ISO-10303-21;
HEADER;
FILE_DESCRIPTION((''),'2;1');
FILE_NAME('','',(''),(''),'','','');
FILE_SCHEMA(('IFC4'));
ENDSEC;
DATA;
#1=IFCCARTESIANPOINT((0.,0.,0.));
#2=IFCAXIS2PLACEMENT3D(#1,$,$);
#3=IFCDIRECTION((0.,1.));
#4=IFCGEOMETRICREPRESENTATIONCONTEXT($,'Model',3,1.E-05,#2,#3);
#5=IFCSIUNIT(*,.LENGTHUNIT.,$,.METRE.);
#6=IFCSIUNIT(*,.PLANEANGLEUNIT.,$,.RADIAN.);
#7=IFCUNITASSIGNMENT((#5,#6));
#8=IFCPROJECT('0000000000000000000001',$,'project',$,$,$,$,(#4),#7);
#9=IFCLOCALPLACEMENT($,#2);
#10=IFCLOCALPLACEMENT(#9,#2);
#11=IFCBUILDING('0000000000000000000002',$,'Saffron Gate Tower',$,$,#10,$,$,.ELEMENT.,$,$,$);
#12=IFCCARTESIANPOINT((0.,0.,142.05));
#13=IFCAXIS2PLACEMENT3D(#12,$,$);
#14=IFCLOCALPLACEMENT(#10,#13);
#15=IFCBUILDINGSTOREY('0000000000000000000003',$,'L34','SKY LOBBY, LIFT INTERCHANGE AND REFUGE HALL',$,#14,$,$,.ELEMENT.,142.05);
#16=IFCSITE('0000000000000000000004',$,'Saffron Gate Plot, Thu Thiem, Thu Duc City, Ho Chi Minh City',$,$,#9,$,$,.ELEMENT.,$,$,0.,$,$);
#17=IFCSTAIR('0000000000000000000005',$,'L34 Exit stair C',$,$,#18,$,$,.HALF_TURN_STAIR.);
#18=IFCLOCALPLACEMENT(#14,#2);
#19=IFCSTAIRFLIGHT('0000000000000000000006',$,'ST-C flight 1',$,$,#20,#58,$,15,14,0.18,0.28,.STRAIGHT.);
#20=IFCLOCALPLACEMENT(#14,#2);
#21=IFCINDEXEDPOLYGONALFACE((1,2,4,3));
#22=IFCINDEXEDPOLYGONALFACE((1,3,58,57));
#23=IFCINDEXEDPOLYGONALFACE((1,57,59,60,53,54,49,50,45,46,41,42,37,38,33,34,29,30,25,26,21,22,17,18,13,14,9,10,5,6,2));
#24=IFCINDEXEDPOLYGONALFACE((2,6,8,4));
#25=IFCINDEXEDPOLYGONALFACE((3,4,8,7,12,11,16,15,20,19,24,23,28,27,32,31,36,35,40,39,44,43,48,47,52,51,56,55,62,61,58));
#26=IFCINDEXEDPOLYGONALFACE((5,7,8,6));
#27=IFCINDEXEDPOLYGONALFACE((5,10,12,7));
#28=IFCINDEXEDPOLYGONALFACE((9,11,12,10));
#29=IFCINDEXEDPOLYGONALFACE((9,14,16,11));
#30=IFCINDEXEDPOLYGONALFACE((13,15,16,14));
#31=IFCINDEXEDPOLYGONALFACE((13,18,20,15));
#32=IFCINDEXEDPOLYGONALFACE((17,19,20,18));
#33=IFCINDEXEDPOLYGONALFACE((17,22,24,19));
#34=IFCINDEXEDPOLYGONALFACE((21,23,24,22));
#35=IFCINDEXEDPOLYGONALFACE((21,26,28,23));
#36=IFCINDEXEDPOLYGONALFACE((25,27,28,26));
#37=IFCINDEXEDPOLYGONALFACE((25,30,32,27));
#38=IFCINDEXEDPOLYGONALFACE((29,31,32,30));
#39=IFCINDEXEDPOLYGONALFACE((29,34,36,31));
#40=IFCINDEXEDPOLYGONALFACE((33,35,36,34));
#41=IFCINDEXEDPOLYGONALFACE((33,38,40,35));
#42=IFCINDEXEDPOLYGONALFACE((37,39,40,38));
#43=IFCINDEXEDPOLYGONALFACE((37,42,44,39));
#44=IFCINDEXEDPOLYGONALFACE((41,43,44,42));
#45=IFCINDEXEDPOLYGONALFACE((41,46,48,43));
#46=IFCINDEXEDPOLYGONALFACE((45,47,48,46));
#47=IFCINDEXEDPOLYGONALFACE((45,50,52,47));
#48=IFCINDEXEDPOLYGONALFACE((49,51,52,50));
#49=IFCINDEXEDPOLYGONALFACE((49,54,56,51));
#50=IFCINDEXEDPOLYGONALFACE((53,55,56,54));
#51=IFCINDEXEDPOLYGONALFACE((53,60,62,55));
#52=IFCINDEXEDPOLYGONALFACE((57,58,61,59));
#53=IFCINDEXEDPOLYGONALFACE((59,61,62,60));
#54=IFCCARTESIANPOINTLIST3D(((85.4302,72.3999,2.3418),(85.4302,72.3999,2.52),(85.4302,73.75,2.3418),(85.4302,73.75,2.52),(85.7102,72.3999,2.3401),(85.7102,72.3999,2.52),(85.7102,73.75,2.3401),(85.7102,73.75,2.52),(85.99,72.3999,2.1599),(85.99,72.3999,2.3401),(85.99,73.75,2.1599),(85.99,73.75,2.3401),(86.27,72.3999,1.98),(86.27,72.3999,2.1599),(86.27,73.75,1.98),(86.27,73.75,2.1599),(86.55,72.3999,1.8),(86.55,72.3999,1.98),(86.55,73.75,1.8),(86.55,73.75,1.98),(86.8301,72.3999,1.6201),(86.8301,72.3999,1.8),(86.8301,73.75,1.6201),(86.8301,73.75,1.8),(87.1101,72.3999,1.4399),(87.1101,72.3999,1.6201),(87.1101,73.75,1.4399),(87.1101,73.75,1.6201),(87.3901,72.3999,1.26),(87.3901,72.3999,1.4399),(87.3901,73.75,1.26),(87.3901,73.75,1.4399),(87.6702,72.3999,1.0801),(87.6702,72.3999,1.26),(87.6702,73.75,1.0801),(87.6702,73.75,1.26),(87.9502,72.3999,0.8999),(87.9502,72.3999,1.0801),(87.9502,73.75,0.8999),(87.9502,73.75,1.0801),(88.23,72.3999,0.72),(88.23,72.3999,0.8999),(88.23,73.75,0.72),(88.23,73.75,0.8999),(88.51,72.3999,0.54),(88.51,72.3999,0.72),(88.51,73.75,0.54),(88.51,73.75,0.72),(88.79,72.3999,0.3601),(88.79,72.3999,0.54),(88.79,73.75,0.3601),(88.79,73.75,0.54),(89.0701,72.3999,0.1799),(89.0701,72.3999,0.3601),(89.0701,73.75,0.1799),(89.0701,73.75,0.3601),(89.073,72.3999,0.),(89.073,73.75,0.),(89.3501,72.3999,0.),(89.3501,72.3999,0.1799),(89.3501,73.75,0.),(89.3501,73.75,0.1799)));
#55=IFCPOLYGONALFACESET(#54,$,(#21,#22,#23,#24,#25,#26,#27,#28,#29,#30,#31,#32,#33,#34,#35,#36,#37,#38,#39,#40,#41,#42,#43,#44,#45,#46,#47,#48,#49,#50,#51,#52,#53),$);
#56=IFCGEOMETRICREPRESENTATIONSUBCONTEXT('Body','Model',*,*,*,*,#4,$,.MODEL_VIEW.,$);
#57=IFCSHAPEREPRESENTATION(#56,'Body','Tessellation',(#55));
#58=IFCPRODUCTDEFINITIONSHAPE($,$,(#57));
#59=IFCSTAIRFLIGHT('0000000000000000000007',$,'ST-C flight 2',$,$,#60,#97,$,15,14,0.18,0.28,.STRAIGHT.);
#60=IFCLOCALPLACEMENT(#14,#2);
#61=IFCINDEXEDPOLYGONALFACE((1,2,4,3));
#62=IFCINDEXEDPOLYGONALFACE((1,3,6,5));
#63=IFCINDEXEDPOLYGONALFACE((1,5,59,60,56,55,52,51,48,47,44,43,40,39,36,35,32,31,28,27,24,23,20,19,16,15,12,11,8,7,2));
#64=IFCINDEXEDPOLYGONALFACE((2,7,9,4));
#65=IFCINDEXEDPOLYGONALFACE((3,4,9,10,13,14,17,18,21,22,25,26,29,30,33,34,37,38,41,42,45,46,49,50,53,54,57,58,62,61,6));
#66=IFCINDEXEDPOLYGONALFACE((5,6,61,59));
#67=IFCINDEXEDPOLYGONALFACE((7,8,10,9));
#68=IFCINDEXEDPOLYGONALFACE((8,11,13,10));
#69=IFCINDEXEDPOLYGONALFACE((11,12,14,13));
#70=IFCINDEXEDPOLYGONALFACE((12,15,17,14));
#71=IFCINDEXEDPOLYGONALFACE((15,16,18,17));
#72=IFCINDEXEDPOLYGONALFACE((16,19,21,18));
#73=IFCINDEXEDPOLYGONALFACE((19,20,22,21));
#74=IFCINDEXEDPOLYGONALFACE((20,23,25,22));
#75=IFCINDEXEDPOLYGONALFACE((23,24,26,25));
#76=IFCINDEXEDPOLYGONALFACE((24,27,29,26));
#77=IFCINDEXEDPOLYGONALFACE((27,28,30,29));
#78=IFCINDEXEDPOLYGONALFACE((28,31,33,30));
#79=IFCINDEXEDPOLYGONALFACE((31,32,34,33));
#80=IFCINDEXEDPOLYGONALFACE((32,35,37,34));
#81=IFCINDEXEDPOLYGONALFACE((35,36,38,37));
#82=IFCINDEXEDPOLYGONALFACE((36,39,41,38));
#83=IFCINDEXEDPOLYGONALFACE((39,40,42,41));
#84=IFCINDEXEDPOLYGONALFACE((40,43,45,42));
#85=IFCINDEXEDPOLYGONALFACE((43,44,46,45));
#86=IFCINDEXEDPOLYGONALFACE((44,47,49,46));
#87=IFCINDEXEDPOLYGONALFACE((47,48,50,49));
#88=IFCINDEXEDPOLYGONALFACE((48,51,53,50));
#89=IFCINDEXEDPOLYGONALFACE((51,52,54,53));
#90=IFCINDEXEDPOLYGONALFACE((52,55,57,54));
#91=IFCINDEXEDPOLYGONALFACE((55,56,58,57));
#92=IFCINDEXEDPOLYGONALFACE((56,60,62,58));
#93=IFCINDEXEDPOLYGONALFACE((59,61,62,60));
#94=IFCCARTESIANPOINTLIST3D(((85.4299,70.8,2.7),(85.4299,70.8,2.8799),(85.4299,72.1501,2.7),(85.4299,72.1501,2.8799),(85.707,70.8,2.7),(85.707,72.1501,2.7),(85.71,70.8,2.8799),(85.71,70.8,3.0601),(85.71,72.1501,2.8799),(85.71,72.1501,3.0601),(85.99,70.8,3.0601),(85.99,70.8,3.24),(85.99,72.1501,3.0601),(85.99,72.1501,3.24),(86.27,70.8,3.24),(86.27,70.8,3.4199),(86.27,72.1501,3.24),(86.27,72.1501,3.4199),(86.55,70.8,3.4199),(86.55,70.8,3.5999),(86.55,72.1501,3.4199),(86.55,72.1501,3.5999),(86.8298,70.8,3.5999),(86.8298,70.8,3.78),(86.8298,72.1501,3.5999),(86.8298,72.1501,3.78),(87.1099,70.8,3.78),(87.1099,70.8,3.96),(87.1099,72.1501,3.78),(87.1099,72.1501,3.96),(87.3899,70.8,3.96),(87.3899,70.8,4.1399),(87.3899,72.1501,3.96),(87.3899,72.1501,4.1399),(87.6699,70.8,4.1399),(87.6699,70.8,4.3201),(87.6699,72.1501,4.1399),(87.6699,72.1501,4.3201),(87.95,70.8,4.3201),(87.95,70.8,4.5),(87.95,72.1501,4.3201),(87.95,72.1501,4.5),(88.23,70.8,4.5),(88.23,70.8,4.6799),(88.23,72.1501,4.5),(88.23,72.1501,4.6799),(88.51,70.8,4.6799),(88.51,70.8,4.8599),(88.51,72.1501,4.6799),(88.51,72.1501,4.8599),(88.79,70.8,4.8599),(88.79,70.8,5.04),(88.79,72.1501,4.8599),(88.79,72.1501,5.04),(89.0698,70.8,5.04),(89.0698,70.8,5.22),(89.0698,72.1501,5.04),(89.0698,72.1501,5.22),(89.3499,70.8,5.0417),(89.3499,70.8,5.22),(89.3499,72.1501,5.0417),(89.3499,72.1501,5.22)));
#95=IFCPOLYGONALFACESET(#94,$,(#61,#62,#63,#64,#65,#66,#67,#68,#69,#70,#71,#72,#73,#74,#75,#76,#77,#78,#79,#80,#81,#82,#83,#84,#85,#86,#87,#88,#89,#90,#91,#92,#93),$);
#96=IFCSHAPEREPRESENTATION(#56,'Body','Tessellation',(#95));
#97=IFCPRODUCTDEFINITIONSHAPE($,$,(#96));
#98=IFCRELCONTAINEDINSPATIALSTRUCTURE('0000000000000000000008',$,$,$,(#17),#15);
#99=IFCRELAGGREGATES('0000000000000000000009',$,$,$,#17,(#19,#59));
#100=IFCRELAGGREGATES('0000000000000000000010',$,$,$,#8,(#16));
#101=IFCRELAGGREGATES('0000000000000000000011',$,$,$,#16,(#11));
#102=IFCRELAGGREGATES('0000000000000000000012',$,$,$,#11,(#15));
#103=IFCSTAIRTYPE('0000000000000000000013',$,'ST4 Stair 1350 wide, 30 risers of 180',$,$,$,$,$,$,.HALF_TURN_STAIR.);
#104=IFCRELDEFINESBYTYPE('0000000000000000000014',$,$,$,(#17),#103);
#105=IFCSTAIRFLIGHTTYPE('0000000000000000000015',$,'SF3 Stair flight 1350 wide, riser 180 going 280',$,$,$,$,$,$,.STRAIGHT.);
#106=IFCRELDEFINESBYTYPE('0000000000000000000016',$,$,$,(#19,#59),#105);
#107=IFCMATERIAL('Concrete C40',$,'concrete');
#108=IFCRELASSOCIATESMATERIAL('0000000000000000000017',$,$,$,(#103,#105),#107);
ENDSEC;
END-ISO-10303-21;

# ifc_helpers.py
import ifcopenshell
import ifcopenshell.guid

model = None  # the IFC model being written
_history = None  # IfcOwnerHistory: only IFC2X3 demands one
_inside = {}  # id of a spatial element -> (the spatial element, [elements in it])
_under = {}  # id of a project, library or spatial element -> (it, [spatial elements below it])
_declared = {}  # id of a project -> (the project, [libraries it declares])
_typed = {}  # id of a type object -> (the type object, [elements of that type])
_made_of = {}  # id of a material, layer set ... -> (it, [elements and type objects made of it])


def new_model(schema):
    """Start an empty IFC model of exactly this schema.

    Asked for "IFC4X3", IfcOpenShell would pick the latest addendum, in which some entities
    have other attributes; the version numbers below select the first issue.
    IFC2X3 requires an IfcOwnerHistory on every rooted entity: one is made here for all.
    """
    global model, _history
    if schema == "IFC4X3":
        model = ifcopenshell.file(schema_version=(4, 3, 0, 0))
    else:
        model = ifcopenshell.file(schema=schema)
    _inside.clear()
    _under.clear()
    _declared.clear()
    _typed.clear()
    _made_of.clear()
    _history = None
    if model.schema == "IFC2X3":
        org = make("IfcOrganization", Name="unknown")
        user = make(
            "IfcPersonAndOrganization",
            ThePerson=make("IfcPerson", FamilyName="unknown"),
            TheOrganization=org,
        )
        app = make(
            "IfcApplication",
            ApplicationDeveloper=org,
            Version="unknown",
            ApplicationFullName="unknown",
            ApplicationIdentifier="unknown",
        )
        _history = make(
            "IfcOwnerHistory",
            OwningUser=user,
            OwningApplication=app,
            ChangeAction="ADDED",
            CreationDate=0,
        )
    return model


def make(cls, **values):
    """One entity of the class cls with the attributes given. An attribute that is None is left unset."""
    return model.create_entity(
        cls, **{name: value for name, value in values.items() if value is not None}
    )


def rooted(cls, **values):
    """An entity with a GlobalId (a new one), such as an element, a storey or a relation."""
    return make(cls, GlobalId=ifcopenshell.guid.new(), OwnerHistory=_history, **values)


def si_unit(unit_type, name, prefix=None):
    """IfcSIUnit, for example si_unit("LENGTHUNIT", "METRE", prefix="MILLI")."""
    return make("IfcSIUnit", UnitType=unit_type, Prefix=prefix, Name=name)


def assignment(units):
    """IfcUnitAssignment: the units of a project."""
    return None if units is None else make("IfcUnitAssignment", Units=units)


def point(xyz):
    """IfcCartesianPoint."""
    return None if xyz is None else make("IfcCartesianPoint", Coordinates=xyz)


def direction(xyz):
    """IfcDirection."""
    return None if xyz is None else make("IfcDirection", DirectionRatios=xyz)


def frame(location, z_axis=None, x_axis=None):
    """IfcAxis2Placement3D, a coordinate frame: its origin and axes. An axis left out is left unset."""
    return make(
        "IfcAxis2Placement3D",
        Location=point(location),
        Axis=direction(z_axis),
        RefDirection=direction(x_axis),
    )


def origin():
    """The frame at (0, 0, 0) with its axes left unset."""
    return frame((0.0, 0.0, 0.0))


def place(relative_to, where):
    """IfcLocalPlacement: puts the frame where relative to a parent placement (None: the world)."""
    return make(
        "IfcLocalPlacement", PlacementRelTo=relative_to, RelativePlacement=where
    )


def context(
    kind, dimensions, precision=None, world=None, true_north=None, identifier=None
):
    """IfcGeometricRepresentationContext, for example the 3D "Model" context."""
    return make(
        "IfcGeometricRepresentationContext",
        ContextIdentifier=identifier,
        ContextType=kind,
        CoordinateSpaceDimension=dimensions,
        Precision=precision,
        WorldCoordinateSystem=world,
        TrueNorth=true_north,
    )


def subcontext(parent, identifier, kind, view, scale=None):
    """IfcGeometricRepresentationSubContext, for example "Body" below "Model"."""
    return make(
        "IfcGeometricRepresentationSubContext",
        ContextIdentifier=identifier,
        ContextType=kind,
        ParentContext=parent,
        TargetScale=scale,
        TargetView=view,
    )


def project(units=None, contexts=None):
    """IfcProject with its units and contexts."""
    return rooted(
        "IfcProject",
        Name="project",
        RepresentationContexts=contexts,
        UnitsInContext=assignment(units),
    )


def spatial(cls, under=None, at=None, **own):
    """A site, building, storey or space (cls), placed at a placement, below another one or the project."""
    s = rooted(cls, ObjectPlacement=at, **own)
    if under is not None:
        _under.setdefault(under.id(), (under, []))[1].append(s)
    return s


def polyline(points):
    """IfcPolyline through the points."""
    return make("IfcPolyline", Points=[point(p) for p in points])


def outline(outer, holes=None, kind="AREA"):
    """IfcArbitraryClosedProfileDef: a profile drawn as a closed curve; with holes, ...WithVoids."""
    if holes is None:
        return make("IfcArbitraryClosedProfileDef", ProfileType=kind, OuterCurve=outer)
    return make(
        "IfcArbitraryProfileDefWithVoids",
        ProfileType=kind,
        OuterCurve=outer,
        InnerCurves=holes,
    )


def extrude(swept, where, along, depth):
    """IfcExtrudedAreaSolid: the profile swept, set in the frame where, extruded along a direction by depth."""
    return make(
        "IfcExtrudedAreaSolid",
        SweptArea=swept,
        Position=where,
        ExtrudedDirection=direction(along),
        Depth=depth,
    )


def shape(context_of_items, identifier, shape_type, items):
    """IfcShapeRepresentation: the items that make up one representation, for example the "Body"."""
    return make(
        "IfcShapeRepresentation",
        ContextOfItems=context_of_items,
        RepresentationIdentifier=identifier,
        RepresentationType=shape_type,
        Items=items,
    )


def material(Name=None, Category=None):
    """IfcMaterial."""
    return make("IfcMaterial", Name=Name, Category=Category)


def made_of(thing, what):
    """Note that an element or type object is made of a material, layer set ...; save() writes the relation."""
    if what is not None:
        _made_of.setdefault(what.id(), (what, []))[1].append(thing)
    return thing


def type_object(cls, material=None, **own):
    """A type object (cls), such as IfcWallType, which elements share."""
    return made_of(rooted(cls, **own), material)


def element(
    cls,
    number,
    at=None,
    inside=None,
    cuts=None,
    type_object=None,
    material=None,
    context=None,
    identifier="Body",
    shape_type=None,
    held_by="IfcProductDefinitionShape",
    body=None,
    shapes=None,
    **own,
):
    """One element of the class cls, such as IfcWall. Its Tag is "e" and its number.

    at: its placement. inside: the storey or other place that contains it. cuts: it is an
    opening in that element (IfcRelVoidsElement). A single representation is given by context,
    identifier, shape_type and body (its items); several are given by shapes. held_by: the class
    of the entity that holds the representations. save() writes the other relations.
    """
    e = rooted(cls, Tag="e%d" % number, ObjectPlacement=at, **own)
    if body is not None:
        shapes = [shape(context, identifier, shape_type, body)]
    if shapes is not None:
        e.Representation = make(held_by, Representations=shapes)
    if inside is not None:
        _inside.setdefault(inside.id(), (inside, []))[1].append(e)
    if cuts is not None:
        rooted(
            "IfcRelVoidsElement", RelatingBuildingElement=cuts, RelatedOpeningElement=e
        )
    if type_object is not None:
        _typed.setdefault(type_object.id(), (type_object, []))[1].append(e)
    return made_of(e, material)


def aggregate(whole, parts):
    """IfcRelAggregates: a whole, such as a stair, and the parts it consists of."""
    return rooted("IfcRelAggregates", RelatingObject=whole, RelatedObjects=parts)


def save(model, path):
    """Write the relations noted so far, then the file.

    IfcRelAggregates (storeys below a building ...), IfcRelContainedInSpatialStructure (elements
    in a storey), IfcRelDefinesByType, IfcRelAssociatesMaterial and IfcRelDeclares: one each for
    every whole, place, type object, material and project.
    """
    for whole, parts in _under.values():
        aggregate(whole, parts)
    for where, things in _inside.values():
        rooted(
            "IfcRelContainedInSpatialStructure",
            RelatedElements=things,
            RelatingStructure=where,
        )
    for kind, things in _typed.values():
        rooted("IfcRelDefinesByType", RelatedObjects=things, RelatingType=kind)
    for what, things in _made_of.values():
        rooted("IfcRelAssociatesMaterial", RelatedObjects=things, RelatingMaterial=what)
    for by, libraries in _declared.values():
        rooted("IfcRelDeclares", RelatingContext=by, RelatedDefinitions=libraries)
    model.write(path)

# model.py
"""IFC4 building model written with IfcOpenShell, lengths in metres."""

from ifc_helpers import new_model, si_unit, direction, frame, origin, place, context, subcontext, project, spatial, polyline, outline, extrude, material, type_object, element, aggregate, save


model = new_model("IFC4")

# Units and contexts
model_context = context("Model", 3, precision=1e-05, world=origin(), true_north=direction((0.0, 1.0)))
body_context = subcontext(model_context, "Body", "Model", "MODEL_VIEW")
ifc_project = project(units=[si_unit("LENGTHUNIT", "METRE"), si_unit("PLANEANGLEUNIT", "RADIAN")], contexts=[model_context])

# Site, building, storey
site_placement = place(None, origin())
site = spatial("IfcSite", under=ifc_project, at=site_placement, Name="Saffron Gate Plot, Thu Thiem, Thu Duc City, Ho Chi Minh City", CompositionType="ELEMENT", RefElevation=0.0)
building_placement = place(site_placement, origin())
building = spatial("IfcBuilding", under=site, at=building_placement, Name="Saffron Gate Tower", CompositionType="ELEMENT")
storey_placement = place(building_placement, frame((0.0, 0.0, 142.05)))
storey = spatial("IfcBuildingStorey", under=building, at=storey_placement, Name="L34", Description="SKY LOBBY, LIFT INTERCHANGE AND REFUGE HALL", CompositionType="ELEMENT", Elevation=142.05)

# Stair, stair flights
ifc_material_1 = material(Name="Concrete C40", Category="concrete")
stair_type = type_object("IfcStairType", Name="ST4 Stair 1350 wide, 30 risers of 180", PredefinedType="HALF_TURN_STAIR", material=ifc_material_1)
stair_placement = place(storey_placement, origin())
stair = element("IfcStair", 1, at=stair_placement, inside=storey, type_object=stair_type, Name="L34 Exit stair C", PredefinedType="HALF_TURN_STAIR")
stair_flight_type = type_object("IfcStairFlightType", Name="SF3 Stair flight 1350 wide, riser 180 going 280", PredefinedType="STRAIGHT", material=ifc_material_1)
stair_flight_1_placement = place(storey_placement, frame((89.3501, 73.075, 0.0), z_axis=(0.0, 0.0, 1.0), x_axis=(-1.0, 0.0, 0.0)))
stair_flight_1 = element("IfcStairFlight", 2, at=stair_flight_1_placement, type_object=stair_flight_type, Name="ST-C flight 1", NumberOfRisers=15, NumberOfTreads=14, PredefinedType="STRAIGHT", RiserHeight=0.18, TreadLength=0.28, context=body_context, shape_type="SweptSolid", body=[
    extrude(outline(polyline([(0.0, 0.0), (0.0, 0.1799), (0.28, 0.1799), (0.28, 0.3601), (0.5601, 0.3601), (0.5601, 0.54), (0.8401, 0.54), (0.8401, 0.72), (1.1201, 0.72), (1.1201, 0.8999), (1.3999, 0.8999), (1.3999, 1.0801), (1.6799, 1.0801), (1.6799, 1.26), (1.96, 1.26), (1.96, 1.4399), (2.24, 1.4399), (2.24, 1.6201), (2.52, 1.6201), (2.52, 1.8), (2.8, 1.8), (2.8, 1.98), (3.0801, 1.98), (3.0801, 2.1599), (3.3601, 2.1599), (3.3601, 2.3401), (3.6399, 2.3401), (3.6399, 2.52), (3.9199, 2.52), (3.9199, 2.7), (3.9199, 2.3418), (0.2771, 0.0), (0.0, 0.0)])), frame((0.0, 0.675, 0.0), z_axis=(0.0, -1.0, 0.0), x_axis=(1.0, 0.0, 0.0)), (0.0, 0.0, 1.0), 1.3501),
])
stair_flight_2_placement = place(storey_placement, frame((85.4299, 71.4751, 2.7), z_axis=(0.0, 0.0, 1.0), x_axis=(1.0, 0.0, 0.0)))
stair_flight_2 = element("IfcStairFlight", 3, at=stair_flight_2_placement, type_object=stair_flight_type, Name="ST-C flight 2", NumberOfRisers=15, NumberOfTreads=14, PredefinedType="STRAIGHT", RiserHeight=0.18, TreadLength=0.28, context=body_context, shape_type="SweptSolid", body=[
    extrude(outline(polyline([(0.0, 0.0), (0.0, 0.1799), (0.28, 0.1799), (0.28, 0.3601), (0.5601, 0.3601), (0.5601, 0.54), (0.8401, 0.54), (0.8401, 0.72), (1.1201, 0.72), (1.1201, 0.8999), (1.3999, 0.8999), (1.3999, 1.0801), (1.6799, 1.0801), (1.6799, 1.26), (1.96, 1.26), (1.96, 1.4399), (2.24, 1.4399), (2.24, 1.6201), (2.52, 1.6201), (2.52, 1.8), (2.8, 1.8), (2.8, 1.98), (3.0801, 1.98), (3.0801, 2.1599), (3.3601, 2.1599), (3.3601, 2.3401), (3.6399, 2.3401), (3.6399, 2.52), (3.9199, 2.52), (3.9199, 2.7), (3.9199, 2.3418), (0.2771, 0.0), (0.0, 0.0)])), frame((0.0, 0.675, 0.0), z_axis=(0.0, -1.0, 0.0), x_axis=(1.0, 0.0, 0.0)), (0.0, 0.0, 1.0), 1.3501),
])
aggregate(stair, [stair_flight_1, stair_flight_2])

save(model, "model.ifc")
